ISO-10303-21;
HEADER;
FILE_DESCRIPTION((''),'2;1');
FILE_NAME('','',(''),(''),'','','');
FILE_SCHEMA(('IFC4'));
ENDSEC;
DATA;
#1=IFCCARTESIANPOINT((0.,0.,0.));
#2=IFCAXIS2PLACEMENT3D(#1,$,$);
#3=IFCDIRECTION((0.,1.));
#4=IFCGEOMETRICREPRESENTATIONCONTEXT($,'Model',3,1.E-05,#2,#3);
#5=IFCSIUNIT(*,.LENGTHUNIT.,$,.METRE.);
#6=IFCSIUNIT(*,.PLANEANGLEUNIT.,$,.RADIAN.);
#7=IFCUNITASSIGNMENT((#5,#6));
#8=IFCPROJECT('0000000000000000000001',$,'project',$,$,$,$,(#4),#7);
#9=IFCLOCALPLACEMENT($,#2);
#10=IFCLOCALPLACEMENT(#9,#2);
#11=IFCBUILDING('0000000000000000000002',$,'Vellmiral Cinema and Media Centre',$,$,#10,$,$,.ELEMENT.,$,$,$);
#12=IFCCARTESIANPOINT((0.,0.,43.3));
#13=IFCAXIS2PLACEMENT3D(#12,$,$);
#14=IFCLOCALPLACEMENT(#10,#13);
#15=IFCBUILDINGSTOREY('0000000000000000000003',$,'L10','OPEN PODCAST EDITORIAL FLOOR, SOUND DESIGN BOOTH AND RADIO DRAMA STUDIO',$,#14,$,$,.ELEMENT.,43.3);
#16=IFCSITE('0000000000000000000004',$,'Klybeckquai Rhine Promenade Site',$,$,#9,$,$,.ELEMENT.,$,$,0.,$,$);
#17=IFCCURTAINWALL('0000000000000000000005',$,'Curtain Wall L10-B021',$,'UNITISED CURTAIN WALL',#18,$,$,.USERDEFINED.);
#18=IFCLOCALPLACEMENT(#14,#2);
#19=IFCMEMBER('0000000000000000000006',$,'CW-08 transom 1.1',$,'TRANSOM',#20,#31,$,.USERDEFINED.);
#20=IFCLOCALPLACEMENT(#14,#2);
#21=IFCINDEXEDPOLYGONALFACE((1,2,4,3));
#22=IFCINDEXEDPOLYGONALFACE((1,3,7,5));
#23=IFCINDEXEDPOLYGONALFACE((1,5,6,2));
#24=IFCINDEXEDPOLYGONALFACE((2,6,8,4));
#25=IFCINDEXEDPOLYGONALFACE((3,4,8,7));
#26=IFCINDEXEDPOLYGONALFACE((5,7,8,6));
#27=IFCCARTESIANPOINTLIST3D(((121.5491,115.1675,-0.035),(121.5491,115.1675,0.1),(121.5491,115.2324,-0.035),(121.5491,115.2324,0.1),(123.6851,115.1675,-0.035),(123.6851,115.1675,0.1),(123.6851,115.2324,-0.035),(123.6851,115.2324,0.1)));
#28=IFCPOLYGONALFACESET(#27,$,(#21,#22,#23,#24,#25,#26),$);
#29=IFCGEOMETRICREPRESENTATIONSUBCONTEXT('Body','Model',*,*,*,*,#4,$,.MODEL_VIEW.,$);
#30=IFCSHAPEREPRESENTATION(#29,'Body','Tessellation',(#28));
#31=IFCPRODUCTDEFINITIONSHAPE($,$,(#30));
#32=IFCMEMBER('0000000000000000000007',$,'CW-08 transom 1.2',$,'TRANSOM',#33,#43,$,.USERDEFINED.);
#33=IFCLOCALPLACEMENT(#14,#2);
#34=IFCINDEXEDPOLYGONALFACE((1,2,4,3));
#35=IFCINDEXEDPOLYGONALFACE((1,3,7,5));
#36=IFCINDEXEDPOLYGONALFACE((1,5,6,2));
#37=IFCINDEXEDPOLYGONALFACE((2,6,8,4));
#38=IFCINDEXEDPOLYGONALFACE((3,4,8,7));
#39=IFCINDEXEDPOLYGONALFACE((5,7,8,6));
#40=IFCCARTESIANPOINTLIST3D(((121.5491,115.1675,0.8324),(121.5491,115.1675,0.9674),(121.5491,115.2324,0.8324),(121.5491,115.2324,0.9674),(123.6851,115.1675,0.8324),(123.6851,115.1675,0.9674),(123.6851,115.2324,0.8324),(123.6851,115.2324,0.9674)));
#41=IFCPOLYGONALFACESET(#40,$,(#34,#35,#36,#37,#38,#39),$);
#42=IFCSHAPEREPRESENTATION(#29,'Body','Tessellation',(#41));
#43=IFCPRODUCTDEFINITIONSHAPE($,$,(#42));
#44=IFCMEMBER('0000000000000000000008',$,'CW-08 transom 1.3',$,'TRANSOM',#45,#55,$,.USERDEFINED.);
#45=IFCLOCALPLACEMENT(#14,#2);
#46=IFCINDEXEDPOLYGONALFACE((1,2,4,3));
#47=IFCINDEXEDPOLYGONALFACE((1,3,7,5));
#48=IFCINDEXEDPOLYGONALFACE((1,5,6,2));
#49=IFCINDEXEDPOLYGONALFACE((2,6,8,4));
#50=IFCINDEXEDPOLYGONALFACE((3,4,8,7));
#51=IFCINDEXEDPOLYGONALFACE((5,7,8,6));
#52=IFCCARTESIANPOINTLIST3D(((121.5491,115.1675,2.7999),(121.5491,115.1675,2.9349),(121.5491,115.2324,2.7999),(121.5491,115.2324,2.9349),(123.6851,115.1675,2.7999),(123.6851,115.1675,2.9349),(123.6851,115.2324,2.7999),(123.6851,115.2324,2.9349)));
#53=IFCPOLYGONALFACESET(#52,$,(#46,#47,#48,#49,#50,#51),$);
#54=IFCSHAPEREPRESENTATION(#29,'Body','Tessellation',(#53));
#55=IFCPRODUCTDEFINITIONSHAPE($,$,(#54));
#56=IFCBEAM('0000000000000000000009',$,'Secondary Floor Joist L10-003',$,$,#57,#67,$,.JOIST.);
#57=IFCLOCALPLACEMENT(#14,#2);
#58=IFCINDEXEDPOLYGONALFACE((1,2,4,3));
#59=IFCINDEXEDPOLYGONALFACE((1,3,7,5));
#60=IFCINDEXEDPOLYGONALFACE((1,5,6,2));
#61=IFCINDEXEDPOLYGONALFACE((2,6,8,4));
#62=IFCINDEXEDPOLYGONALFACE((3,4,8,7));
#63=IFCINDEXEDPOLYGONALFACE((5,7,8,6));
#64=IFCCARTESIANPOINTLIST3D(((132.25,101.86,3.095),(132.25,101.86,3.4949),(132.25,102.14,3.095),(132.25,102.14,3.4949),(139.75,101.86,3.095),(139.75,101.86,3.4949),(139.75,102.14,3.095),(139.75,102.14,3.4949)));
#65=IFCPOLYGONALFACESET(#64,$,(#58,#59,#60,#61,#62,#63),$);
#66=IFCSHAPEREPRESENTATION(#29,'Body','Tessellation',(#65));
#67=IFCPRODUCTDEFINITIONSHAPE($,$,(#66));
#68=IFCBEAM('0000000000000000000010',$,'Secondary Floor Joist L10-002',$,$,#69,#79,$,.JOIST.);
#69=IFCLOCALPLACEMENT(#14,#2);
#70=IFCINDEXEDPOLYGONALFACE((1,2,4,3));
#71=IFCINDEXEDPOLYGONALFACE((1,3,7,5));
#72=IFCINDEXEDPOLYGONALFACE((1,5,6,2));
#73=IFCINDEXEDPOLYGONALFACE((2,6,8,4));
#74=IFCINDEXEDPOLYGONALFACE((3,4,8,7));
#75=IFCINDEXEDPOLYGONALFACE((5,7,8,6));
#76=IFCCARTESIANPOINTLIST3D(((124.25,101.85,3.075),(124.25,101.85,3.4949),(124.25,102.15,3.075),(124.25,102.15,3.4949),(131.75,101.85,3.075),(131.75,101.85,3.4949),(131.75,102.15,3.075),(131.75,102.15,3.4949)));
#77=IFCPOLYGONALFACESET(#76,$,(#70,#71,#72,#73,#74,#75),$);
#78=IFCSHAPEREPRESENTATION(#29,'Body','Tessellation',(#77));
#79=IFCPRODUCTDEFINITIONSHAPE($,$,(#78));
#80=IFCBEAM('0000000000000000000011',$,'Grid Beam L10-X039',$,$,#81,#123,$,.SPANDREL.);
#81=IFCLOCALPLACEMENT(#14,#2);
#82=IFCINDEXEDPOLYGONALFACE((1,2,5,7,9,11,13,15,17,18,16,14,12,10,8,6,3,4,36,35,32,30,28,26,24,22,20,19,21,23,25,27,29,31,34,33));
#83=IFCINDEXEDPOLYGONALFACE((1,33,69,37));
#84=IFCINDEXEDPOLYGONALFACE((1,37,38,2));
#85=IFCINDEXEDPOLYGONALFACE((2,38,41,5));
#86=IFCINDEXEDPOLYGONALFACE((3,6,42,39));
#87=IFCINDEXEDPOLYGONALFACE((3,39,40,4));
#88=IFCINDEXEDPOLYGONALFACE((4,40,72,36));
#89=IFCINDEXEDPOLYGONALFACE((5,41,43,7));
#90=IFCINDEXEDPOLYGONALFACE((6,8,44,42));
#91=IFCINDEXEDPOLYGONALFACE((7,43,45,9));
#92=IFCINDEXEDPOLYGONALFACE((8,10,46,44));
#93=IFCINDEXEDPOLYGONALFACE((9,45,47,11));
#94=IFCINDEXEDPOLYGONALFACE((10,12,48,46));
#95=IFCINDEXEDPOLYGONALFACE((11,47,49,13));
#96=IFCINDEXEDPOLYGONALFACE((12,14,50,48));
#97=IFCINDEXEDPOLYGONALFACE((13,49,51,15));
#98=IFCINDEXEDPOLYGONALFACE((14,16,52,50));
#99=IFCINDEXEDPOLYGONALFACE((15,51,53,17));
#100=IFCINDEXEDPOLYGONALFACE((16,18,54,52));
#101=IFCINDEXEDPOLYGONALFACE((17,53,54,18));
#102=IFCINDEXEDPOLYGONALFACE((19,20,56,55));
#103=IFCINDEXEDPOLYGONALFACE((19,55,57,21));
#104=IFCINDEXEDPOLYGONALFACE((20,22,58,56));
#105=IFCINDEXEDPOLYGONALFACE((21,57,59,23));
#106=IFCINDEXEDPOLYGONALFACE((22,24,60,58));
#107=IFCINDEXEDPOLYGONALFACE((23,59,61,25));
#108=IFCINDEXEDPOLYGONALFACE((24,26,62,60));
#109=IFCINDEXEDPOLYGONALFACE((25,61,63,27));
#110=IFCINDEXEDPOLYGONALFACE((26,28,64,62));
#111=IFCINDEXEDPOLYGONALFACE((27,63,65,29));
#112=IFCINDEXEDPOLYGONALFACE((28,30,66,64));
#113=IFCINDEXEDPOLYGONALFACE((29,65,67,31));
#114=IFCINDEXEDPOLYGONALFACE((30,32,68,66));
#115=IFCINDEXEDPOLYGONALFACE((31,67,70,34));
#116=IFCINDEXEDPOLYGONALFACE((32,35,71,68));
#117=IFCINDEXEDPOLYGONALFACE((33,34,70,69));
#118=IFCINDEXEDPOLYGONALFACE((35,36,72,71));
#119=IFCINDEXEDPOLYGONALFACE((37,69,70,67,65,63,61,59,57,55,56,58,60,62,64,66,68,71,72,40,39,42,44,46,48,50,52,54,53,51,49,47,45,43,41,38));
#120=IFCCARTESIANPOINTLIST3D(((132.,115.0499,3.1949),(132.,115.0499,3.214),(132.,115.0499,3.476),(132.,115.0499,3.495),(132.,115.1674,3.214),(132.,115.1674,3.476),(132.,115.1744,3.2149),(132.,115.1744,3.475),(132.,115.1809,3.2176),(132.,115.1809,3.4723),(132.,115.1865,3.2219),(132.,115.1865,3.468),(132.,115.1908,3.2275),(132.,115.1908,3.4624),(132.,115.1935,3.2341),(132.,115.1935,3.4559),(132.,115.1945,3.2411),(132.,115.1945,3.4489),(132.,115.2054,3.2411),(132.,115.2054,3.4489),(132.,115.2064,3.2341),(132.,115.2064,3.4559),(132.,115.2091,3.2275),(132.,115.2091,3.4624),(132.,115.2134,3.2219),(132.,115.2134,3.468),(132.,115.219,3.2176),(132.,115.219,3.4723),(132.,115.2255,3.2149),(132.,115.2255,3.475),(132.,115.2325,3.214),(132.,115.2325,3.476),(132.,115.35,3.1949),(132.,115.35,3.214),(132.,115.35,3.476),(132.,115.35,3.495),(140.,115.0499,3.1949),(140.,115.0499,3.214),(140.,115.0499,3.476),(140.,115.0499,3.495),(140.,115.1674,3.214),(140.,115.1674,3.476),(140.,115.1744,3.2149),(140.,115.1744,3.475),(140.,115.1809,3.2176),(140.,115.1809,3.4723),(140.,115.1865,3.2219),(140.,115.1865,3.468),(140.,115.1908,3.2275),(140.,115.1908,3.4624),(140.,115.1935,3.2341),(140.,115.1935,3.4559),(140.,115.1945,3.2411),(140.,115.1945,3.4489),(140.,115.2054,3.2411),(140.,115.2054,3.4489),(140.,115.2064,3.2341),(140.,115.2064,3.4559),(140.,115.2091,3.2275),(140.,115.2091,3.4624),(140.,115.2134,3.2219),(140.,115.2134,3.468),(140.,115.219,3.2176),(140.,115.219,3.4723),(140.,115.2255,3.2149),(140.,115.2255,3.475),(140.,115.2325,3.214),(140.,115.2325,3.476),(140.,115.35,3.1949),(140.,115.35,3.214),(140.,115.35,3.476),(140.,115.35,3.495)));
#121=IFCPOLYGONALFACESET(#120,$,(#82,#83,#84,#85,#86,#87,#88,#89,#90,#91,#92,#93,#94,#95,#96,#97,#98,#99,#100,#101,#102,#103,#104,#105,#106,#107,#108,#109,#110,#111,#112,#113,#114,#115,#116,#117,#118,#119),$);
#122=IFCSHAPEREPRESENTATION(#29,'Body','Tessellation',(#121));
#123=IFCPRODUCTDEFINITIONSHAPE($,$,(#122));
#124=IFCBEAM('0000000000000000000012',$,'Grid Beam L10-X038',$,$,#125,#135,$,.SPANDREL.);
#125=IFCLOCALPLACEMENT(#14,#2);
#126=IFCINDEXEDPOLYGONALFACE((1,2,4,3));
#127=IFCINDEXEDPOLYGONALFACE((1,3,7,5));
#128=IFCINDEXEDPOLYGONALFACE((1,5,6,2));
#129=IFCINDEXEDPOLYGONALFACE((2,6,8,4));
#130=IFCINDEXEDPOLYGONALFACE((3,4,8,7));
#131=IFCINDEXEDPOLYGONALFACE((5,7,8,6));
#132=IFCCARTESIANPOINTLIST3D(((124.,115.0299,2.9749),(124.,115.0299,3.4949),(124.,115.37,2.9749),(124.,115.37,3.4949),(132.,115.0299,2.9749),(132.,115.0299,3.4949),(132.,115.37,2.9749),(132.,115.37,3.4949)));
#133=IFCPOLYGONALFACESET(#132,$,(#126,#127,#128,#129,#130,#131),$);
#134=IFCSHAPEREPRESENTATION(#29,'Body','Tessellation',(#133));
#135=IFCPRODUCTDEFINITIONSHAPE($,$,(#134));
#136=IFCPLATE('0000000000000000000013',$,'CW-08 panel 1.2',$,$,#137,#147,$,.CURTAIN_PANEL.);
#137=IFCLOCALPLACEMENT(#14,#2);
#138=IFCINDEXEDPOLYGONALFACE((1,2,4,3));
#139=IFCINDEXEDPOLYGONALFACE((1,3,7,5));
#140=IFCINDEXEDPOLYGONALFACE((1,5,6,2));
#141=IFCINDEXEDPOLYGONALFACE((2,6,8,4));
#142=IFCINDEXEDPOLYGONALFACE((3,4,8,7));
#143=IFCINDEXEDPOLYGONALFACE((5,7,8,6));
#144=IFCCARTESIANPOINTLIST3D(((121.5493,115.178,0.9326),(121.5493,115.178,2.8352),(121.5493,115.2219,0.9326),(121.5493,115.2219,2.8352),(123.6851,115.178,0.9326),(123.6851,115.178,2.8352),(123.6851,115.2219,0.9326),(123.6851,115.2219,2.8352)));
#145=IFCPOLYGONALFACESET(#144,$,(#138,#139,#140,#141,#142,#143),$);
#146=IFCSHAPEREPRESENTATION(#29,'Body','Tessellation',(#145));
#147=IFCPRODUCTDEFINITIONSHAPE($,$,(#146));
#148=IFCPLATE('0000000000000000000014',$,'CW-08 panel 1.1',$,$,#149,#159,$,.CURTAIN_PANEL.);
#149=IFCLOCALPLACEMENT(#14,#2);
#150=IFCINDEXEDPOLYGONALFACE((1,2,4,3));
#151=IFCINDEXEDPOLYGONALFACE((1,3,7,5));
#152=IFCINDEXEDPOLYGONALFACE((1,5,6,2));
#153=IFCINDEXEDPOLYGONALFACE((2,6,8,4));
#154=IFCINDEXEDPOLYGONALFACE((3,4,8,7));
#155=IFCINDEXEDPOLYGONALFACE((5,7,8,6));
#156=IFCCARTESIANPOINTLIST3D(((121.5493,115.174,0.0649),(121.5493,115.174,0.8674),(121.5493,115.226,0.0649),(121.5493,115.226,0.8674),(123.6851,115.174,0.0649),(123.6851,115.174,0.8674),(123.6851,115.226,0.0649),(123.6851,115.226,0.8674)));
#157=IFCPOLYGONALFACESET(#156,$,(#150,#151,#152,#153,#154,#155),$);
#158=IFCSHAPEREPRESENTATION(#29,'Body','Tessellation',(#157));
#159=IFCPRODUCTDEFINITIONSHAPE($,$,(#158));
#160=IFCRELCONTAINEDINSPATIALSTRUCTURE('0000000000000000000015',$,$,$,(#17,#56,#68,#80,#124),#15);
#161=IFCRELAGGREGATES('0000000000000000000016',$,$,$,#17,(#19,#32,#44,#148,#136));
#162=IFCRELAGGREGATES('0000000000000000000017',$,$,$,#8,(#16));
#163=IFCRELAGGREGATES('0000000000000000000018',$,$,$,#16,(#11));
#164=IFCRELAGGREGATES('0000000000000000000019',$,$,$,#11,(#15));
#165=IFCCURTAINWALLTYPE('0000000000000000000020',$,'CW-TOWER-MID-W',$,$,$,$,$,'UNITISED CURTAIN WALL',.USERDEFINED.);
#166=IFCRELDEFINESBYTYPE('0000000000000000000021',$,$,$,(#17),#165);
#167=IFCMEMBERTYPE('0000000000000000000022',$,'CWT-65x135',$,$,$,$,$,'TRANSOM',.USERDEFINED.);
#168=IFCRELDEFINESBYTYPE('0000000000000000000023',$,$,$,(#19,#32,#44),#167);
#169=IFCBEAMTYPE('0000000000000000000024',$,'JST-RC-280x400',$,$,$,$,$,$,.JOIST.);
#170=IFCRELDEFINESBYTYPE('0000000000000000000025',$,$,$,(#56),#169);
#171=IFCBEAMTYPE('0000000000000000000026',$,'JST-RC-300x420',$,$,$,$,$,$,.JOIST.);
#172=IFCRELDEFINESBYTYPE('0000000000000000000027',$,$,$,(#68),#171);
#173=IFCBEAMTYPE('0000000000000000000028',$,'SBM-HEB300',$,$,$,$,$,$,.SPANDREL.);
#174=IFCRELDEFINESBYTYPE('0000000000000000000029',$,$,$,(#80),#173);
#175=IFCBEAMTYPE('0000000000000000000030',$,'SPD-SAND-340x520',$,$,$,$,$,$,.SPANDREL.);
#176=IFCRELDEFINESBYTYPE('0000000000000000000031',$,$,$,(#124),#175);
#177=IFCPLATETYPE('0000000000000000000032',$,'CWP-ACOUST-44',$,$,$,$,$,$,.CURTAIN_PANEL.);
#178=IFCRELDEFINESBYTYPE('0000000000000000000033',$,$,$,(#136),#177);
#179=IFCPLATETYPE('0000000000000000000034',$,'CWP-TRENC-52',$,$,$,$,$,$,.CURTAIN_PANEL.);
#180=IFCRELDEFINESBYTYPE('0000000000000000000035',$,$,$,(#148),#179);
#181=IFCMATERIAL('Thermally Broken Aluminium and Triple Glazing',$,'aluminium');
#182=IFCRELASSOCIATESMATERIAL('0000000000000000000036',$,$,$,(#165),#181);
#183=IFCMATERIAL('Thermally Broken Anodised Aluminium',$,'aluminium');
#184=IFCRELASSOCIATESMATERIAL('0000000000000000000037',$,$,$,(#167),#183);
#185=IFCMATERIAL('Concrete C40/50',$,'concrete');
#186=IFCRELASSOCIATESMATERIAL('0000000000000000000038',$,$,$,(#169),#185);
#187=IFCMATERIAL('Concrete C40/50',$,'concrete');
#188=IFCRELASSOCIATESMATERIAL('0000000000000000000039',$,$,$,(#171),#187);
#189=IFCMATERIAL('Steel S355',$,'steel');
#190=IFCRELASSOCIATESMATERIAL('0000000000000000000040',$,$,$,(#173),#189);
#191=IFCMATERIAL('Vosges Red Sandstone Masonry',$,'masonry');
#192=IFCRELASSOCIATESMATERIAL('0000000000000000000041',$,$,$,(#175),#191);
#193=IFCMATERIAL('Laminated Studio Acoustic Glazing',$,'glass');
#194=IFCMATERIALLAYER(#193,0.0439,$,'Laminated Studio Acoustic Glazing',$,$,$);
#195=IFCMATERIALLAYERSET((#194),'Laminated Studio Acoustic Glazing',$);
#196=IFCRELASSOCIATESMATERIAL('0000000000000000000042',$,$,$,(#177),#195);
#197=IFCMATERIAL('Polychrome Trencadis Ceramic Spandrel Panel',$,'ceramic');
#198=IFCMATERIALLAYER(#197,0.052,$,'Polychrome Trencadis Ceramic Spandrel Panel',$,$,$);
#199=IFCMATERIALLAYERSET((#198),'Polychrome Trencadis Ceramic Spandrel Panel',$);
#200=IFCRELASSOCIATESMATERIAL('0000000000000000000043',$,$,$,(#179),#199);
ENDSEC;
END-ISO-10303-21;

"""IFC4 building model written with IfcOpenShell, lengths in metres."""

from ifc_helpers import new_model, si_unit, direction, frame, origin, origin_2d, place, context, subcontext, project, spatial, rectangle, i_section, extrude, material, layer, layer_set, material_profile, profile_set, type_object, element, aggregate, save


model = new_model("IFC4")

# Units and contexts
model_context = context("Model", 3, precision=1e-05, world=origin(), true_north=direction((0.0, 1.0)))
body_context = subcontext(model_context, "Body", "Model", "MODEL_VIEW")
ifc_project = project(units=[si_unit("LENGTHUNIT", "METRE"), si_unit("PLANEANGLEUNIT", "RADIAN")], contexts=[model_context])

# Site, building, storey
site_placement = place(None, origin())
site = spatial("IfcSite", under=ifc_project, at=site_placement, Name="Klybeckquai Rhine Promenade Site", CompositionType="ELEMENT", RefElevation=0.0)
building_placement = place(site_placement, origin())
building = spatial("IfcBuilding", under=site, at=building_placement, Name="Vellmiral Cinema and Media Centre", CompositionType="ELEMENT")
storey_placement = place(building_placement, frame((0.0, 0.0, 43.3)))
storey = spatial("IfcBuildingStorey", under=building, at=storey_placement, Name="L10", Description="OPEN PODCAST EDITORIAL FLOOR, SOUND DESIGN BOOTH AND RADIO DRAMA STUDIO", CompositionType="ELEMENT", Elevation=43.3)

# Curtain wall, members
ifc_material_1 = material(Name="Thermally Broken Aluminium and Triple Glazing", Category="aluminium")
curtain_wall_type = type_object("IfcCurtainWallType", Name="CW-TOWER-MID-W", ElementType="UNITISED CURTAIN WALL", PredefinedType="USERDEFINED", material=ifc_material_1)
curtain_wall_placement = place(storey_placement, origin())
curtain_wall = element("IfcCurtainWall", 1, at=curtain_wall_placement, inside=storey, type_object=curtain_wall_type, Name="Curtain Wall L10-B021", ObjectType="UNITISED CURTAIN WALL", PredefinedType="USERDEFINED")
ifc_material_2 = material(Name="Thermally Broken Anodised Aluminium", Category="aluminium")
ifc_material_profile_1 = material_profile(ifc_material_2, rectangle(XDim=0.0649, YDim=0.135, at=origin_2d()), Name="MULL 65x135")
ifc_profile_set_1 = profile_set([ifc_material_profile_1], Name="Thermally Broken Anodised Aluminium")
member_type_1 = type_object("IfcMemberType", Name="CWT-65x135", ElementType="TRANSOM", PredefinedType="USERDEFINED", material=ifc_profile_set_1)
member_1_placement = place(storey_placement, frame((123.6851, 115.2, 0.0325), z_axis=(-1.0, 0.0, 0.0), x_axis=(0.0, -1.0, 0.0)))
member_1 = element("IfcMember", 2, at=member_1_placement, type_object=member_type_1, Name="CW-08 transom 1.1", ObjectType="TRANSOM", PredefinedType="USERDEFINED", context=body_context, shape_type="SweptSolid", body=[
    extrude(rectangle(XDim=0.0649, YDim=0.135, at=origin_2d()), origin(), (0.0, 0.0, 1.0), 2.136),
])
member_2_placement = place(storey_placement, frame((123.6851, 115.2, 0.8999), z_axis=(-1.0, 0.0, 0.0), x_axis=(0.0, -1.0, 0.0)))
member_2 = element("IfcMember", 3, at=member_2_placement, type_object=member_type_1, Name="CW-08 transom 1.2", ObjectType="TRANSOM", PredefinedType="USERDEFINED", context=body_context, shape_type="SweptSolid", body=[
    extrude(rectangle(XDim=0.0649, YDim=0.135, at=origin_2d()), origin(), (0.0, 0.0, 1.0), 2.136),
])
member_3_placement = place(storey_placement, frame((123.6851, 115.2, 2.8674), z_axis=(-1.0, 0.0, 0.0), x_axis=(0.0, -1.0, 0.0)))
member_3 = element("IfcMember", 4, at=member_3_placement, type_object=member_type_1, Name="CW-08 transom 1.3", ObjectType="TRANSOM", PredefinedType="USERDEFINED", context=body_context, shape_type="SweptSolid", body=[
    extrude(rectangle(XDim=0.0649, YDim=0.135, at=origin_2d()), origin(), (0.0, 0.0, 1.0), 2.136),
])

# Beams
ifc_material_3 = material(Name="Concrete C40/50", Category="concrete")
ifc_material_profile_2 = material_profile(ifc_material_3, rectangle(XDim=0.28, YDim=0.3999, at=origin_2d()), Name="RC 280x400")
ifc_profile_set_2 = profile_set([ifc_material_profile_2], Name="Concrete C40/50")
beam_type_1 = type_object("IfcBeamType", Name="JST-RC-280x400", PredefinedType="JOIST", material=ifc_profile_set_2)
beam_1_placement = place(storey_placement, frame((132.25, 102.0, 3.2949), z_axis=(1.0, 0.0, 0.0), x_axis=(0.0, 1.0, 0.0)))
element("IfcBeam", 5, at=beam_1_placement, inside=storey, type_object=beam_type_1, Name="Secondary Floor Joist L10-003", PredefinedType="JOIST", context=body_context, shape_type="SweptSolid", body=[
    extrude(rectangle(XDim=0.28, YDim=0.3999, at=origin_2d()), origin(), (0.0, 0.0, 1.0), 7.5),
])
ifc_material_4 = material(Name="Concrete C40/50", Category="concrete")
ifc_material_profile_3 = material_profile(ifc_material_4, rectangle(XDim=0.3, YDim=0.4199, at=origin_2d()), Name="RC 300x420")
ifc_profile_set_3 = profile_set([ifc_material_profile_3], Name="Concrete C40/50")
beam_type_2 = type_object("IfcBeamType", Name="JST-RC-300x420", PredefinedType="JOIST", material=ifc_profile_set_3)
beam_2_placement = place(storey_placement, frame((124.25, 102.0, 3.2849), z_axis=(1.0, 0.0, 0.0), x_axis=(0.0, 1.0, 0.0)))
element("IfcBeam", 6, at=beam_2_placement, inside=storey, type_object=beam_type_2, Name="Secondary Floor Joist L10-002", PredefinedType="JOIST", context=body_context, shape_type="SweptSolid", body=[
    extrude(rectangle(XDim=0.3, YDim=0.4199, at=origin_2d()), origin(), (0.0, 0.0, 1.0), 7.5),
])
ifc_material_5 = material(Name="Steel S355", Category="steel")
ifc_material_profile_4 = material_profile(ifc_material_5, i_section(OverallWidth=0.3, OverallDepth=0.3, WebThickness=0.011, FlangeThickness=0.019, FilletRadius=0.0271, at=origin_2d()), Name="HEB 300")
ifc_profile_set_4 = profile_set([ifc_material_profile_4], Name="Steel S355")
beam_type_3 = type_object("IfcBeamType", Name="SBM-HEB300", PredefinedType="SPANDREL", material=ifc_profile_set_4)
beam_3_placement = place(storey_placement, frame((132.0, 115.2, 3.345), z_axis=(1.0, 0.0, 0.0), x_axis=(0.0, 1.0, 0.0)))
element("IfcBeam", 7, at=beam_3_placement, inside=storey, type_object=beam_type_3, Name="Grid Beam L10-X039", PredefinedType="SPANDREL", context=body_context, shape_type="SweptSolid", body=[
    extrude(i_section(OverallWidth=0.3, OverallDepth=0.3, WebThickness=0.011, FlangeThickness=0.019, FilletRadius=0.0271, at=origin_2d()), origin(), (0.0, 0.0, 1.0), 8.0),
])
ifc_material_6 = material(Name="Vosges Red Sandstone Masonry", Category="masonry")
ifc_material_profile_5 = material_profile(ifc_material_6, rectangle(XDim=0.3401, YDim=0.52, at=origin_2d()), Name="SAND 340x520")
ifc_profile_set_5 = profile_set([ifc_material_profile_5], Name="Vosges Red Sandstone Masonry")
beam_type_4 = type_object("IfcBeamType", Name="SPD-SAND-340x520", PredefinedType="SPANDREL", material=ifc_profile_set_5)
beam_4_placement = place(storey_placement, frame((124.0, 115.2, 3.2349), z_axis=(1.0, 0.0, 0.0), x_axis=(0.0, 1.0, 0.0)))
element("IfcBeam", 8, at=beam_4_placement, inside=storey, type_object=beam_type_4, Name="Grid Beam L10-X038", PredefinedType="SPANDREL", context=body_context, shape_type="SweptSolid", body=[
    extrude(rectangle(XDim=0.3401, YDim=0.52, at=origin_2d()), origin(), (0.0, 0.0, 1.0), 8.0),
])

# Plates
ifc_material_7 = material(Name="Laminated Studio Acoustic Glazing", Category="glass")
ifc_layer_1 = layer(ifc_material_7, 0.0439, Name="Laminated Studio Acoustic Glazing")
ifc_layer_set_1 = layer_set([ifc_layer_1], Name="Laminated Studio Acoustic Glazing")
plate_type_1 = type_object("IfcPlateType", Name="CWP-ACOUST-44", PredefinedType="CURTAIN_PANEL", material=ifc_layer_set_1)
plate_1_placement = place(storey_placement, frame((122.6172, 115.2, 0.9326), z_axis=(0.0, 0.0, 1.0), x_axis=(-1.0, 0.0, 0.0)))
plate_1 = element("IfcPlate", 9, at=plate_1_placement, type_object=plate_type_1, Name="CW-08 panel 1.2", PredefinedType="CURTAIN_PANEL", context=body_context, shape_type="SweptSolid", body=[
    extrude(rectangle(XDim=2.1357, YDim=0.0439, at=origin_2d()), origin(), (0.0, 0.0, 1.0), 1.9026),
])
ifc_material_8 = material(Name="Polychrome Trencadis Ceramic Spandrel Panel", Category="ceramic")
ifc_layer_2 = layer(ifc_material_8, 0.052, Name="Polychrome Trencadis Ceramic Spandrel Panel")
ifc_layer_set_2 = layer_set([ifc_layer_2], Name="Polychrome Trencadis Ceramic Spandrel Panel")
plate_type_2 = type_object("IfcPlateType", Name="CWP-TRENC-52", PredefinedType="CURTAIN_PANEL", material=ifc_layer_set_2)
plate_2_placement = place(storey_placement, frame((122.6172, 115.2, 0.0649), z_axis=(0.0, 0.0, 1.0), x_axis=(-1.0, 0.0, 0.0)))
plate_2 = element("IfcPlate", 10, at=plate_2_placement, type_object=plate_type_2, Name="CW-08 panel 1.1", PredefinedType="CURTAIN_PANEL", context=body_context, shape_type="SweptSolid", body=[
    extrude(rectangle(XDim=2.1357, YDim=0.052, at=origin_2d()), origin(), (0.0, 0.0, 1.0), 0.8025),
])
aggregate(curtain_wall, [member_1, member_2, member_3, plate_2, plate_1])

save(model, "model.ifc")
